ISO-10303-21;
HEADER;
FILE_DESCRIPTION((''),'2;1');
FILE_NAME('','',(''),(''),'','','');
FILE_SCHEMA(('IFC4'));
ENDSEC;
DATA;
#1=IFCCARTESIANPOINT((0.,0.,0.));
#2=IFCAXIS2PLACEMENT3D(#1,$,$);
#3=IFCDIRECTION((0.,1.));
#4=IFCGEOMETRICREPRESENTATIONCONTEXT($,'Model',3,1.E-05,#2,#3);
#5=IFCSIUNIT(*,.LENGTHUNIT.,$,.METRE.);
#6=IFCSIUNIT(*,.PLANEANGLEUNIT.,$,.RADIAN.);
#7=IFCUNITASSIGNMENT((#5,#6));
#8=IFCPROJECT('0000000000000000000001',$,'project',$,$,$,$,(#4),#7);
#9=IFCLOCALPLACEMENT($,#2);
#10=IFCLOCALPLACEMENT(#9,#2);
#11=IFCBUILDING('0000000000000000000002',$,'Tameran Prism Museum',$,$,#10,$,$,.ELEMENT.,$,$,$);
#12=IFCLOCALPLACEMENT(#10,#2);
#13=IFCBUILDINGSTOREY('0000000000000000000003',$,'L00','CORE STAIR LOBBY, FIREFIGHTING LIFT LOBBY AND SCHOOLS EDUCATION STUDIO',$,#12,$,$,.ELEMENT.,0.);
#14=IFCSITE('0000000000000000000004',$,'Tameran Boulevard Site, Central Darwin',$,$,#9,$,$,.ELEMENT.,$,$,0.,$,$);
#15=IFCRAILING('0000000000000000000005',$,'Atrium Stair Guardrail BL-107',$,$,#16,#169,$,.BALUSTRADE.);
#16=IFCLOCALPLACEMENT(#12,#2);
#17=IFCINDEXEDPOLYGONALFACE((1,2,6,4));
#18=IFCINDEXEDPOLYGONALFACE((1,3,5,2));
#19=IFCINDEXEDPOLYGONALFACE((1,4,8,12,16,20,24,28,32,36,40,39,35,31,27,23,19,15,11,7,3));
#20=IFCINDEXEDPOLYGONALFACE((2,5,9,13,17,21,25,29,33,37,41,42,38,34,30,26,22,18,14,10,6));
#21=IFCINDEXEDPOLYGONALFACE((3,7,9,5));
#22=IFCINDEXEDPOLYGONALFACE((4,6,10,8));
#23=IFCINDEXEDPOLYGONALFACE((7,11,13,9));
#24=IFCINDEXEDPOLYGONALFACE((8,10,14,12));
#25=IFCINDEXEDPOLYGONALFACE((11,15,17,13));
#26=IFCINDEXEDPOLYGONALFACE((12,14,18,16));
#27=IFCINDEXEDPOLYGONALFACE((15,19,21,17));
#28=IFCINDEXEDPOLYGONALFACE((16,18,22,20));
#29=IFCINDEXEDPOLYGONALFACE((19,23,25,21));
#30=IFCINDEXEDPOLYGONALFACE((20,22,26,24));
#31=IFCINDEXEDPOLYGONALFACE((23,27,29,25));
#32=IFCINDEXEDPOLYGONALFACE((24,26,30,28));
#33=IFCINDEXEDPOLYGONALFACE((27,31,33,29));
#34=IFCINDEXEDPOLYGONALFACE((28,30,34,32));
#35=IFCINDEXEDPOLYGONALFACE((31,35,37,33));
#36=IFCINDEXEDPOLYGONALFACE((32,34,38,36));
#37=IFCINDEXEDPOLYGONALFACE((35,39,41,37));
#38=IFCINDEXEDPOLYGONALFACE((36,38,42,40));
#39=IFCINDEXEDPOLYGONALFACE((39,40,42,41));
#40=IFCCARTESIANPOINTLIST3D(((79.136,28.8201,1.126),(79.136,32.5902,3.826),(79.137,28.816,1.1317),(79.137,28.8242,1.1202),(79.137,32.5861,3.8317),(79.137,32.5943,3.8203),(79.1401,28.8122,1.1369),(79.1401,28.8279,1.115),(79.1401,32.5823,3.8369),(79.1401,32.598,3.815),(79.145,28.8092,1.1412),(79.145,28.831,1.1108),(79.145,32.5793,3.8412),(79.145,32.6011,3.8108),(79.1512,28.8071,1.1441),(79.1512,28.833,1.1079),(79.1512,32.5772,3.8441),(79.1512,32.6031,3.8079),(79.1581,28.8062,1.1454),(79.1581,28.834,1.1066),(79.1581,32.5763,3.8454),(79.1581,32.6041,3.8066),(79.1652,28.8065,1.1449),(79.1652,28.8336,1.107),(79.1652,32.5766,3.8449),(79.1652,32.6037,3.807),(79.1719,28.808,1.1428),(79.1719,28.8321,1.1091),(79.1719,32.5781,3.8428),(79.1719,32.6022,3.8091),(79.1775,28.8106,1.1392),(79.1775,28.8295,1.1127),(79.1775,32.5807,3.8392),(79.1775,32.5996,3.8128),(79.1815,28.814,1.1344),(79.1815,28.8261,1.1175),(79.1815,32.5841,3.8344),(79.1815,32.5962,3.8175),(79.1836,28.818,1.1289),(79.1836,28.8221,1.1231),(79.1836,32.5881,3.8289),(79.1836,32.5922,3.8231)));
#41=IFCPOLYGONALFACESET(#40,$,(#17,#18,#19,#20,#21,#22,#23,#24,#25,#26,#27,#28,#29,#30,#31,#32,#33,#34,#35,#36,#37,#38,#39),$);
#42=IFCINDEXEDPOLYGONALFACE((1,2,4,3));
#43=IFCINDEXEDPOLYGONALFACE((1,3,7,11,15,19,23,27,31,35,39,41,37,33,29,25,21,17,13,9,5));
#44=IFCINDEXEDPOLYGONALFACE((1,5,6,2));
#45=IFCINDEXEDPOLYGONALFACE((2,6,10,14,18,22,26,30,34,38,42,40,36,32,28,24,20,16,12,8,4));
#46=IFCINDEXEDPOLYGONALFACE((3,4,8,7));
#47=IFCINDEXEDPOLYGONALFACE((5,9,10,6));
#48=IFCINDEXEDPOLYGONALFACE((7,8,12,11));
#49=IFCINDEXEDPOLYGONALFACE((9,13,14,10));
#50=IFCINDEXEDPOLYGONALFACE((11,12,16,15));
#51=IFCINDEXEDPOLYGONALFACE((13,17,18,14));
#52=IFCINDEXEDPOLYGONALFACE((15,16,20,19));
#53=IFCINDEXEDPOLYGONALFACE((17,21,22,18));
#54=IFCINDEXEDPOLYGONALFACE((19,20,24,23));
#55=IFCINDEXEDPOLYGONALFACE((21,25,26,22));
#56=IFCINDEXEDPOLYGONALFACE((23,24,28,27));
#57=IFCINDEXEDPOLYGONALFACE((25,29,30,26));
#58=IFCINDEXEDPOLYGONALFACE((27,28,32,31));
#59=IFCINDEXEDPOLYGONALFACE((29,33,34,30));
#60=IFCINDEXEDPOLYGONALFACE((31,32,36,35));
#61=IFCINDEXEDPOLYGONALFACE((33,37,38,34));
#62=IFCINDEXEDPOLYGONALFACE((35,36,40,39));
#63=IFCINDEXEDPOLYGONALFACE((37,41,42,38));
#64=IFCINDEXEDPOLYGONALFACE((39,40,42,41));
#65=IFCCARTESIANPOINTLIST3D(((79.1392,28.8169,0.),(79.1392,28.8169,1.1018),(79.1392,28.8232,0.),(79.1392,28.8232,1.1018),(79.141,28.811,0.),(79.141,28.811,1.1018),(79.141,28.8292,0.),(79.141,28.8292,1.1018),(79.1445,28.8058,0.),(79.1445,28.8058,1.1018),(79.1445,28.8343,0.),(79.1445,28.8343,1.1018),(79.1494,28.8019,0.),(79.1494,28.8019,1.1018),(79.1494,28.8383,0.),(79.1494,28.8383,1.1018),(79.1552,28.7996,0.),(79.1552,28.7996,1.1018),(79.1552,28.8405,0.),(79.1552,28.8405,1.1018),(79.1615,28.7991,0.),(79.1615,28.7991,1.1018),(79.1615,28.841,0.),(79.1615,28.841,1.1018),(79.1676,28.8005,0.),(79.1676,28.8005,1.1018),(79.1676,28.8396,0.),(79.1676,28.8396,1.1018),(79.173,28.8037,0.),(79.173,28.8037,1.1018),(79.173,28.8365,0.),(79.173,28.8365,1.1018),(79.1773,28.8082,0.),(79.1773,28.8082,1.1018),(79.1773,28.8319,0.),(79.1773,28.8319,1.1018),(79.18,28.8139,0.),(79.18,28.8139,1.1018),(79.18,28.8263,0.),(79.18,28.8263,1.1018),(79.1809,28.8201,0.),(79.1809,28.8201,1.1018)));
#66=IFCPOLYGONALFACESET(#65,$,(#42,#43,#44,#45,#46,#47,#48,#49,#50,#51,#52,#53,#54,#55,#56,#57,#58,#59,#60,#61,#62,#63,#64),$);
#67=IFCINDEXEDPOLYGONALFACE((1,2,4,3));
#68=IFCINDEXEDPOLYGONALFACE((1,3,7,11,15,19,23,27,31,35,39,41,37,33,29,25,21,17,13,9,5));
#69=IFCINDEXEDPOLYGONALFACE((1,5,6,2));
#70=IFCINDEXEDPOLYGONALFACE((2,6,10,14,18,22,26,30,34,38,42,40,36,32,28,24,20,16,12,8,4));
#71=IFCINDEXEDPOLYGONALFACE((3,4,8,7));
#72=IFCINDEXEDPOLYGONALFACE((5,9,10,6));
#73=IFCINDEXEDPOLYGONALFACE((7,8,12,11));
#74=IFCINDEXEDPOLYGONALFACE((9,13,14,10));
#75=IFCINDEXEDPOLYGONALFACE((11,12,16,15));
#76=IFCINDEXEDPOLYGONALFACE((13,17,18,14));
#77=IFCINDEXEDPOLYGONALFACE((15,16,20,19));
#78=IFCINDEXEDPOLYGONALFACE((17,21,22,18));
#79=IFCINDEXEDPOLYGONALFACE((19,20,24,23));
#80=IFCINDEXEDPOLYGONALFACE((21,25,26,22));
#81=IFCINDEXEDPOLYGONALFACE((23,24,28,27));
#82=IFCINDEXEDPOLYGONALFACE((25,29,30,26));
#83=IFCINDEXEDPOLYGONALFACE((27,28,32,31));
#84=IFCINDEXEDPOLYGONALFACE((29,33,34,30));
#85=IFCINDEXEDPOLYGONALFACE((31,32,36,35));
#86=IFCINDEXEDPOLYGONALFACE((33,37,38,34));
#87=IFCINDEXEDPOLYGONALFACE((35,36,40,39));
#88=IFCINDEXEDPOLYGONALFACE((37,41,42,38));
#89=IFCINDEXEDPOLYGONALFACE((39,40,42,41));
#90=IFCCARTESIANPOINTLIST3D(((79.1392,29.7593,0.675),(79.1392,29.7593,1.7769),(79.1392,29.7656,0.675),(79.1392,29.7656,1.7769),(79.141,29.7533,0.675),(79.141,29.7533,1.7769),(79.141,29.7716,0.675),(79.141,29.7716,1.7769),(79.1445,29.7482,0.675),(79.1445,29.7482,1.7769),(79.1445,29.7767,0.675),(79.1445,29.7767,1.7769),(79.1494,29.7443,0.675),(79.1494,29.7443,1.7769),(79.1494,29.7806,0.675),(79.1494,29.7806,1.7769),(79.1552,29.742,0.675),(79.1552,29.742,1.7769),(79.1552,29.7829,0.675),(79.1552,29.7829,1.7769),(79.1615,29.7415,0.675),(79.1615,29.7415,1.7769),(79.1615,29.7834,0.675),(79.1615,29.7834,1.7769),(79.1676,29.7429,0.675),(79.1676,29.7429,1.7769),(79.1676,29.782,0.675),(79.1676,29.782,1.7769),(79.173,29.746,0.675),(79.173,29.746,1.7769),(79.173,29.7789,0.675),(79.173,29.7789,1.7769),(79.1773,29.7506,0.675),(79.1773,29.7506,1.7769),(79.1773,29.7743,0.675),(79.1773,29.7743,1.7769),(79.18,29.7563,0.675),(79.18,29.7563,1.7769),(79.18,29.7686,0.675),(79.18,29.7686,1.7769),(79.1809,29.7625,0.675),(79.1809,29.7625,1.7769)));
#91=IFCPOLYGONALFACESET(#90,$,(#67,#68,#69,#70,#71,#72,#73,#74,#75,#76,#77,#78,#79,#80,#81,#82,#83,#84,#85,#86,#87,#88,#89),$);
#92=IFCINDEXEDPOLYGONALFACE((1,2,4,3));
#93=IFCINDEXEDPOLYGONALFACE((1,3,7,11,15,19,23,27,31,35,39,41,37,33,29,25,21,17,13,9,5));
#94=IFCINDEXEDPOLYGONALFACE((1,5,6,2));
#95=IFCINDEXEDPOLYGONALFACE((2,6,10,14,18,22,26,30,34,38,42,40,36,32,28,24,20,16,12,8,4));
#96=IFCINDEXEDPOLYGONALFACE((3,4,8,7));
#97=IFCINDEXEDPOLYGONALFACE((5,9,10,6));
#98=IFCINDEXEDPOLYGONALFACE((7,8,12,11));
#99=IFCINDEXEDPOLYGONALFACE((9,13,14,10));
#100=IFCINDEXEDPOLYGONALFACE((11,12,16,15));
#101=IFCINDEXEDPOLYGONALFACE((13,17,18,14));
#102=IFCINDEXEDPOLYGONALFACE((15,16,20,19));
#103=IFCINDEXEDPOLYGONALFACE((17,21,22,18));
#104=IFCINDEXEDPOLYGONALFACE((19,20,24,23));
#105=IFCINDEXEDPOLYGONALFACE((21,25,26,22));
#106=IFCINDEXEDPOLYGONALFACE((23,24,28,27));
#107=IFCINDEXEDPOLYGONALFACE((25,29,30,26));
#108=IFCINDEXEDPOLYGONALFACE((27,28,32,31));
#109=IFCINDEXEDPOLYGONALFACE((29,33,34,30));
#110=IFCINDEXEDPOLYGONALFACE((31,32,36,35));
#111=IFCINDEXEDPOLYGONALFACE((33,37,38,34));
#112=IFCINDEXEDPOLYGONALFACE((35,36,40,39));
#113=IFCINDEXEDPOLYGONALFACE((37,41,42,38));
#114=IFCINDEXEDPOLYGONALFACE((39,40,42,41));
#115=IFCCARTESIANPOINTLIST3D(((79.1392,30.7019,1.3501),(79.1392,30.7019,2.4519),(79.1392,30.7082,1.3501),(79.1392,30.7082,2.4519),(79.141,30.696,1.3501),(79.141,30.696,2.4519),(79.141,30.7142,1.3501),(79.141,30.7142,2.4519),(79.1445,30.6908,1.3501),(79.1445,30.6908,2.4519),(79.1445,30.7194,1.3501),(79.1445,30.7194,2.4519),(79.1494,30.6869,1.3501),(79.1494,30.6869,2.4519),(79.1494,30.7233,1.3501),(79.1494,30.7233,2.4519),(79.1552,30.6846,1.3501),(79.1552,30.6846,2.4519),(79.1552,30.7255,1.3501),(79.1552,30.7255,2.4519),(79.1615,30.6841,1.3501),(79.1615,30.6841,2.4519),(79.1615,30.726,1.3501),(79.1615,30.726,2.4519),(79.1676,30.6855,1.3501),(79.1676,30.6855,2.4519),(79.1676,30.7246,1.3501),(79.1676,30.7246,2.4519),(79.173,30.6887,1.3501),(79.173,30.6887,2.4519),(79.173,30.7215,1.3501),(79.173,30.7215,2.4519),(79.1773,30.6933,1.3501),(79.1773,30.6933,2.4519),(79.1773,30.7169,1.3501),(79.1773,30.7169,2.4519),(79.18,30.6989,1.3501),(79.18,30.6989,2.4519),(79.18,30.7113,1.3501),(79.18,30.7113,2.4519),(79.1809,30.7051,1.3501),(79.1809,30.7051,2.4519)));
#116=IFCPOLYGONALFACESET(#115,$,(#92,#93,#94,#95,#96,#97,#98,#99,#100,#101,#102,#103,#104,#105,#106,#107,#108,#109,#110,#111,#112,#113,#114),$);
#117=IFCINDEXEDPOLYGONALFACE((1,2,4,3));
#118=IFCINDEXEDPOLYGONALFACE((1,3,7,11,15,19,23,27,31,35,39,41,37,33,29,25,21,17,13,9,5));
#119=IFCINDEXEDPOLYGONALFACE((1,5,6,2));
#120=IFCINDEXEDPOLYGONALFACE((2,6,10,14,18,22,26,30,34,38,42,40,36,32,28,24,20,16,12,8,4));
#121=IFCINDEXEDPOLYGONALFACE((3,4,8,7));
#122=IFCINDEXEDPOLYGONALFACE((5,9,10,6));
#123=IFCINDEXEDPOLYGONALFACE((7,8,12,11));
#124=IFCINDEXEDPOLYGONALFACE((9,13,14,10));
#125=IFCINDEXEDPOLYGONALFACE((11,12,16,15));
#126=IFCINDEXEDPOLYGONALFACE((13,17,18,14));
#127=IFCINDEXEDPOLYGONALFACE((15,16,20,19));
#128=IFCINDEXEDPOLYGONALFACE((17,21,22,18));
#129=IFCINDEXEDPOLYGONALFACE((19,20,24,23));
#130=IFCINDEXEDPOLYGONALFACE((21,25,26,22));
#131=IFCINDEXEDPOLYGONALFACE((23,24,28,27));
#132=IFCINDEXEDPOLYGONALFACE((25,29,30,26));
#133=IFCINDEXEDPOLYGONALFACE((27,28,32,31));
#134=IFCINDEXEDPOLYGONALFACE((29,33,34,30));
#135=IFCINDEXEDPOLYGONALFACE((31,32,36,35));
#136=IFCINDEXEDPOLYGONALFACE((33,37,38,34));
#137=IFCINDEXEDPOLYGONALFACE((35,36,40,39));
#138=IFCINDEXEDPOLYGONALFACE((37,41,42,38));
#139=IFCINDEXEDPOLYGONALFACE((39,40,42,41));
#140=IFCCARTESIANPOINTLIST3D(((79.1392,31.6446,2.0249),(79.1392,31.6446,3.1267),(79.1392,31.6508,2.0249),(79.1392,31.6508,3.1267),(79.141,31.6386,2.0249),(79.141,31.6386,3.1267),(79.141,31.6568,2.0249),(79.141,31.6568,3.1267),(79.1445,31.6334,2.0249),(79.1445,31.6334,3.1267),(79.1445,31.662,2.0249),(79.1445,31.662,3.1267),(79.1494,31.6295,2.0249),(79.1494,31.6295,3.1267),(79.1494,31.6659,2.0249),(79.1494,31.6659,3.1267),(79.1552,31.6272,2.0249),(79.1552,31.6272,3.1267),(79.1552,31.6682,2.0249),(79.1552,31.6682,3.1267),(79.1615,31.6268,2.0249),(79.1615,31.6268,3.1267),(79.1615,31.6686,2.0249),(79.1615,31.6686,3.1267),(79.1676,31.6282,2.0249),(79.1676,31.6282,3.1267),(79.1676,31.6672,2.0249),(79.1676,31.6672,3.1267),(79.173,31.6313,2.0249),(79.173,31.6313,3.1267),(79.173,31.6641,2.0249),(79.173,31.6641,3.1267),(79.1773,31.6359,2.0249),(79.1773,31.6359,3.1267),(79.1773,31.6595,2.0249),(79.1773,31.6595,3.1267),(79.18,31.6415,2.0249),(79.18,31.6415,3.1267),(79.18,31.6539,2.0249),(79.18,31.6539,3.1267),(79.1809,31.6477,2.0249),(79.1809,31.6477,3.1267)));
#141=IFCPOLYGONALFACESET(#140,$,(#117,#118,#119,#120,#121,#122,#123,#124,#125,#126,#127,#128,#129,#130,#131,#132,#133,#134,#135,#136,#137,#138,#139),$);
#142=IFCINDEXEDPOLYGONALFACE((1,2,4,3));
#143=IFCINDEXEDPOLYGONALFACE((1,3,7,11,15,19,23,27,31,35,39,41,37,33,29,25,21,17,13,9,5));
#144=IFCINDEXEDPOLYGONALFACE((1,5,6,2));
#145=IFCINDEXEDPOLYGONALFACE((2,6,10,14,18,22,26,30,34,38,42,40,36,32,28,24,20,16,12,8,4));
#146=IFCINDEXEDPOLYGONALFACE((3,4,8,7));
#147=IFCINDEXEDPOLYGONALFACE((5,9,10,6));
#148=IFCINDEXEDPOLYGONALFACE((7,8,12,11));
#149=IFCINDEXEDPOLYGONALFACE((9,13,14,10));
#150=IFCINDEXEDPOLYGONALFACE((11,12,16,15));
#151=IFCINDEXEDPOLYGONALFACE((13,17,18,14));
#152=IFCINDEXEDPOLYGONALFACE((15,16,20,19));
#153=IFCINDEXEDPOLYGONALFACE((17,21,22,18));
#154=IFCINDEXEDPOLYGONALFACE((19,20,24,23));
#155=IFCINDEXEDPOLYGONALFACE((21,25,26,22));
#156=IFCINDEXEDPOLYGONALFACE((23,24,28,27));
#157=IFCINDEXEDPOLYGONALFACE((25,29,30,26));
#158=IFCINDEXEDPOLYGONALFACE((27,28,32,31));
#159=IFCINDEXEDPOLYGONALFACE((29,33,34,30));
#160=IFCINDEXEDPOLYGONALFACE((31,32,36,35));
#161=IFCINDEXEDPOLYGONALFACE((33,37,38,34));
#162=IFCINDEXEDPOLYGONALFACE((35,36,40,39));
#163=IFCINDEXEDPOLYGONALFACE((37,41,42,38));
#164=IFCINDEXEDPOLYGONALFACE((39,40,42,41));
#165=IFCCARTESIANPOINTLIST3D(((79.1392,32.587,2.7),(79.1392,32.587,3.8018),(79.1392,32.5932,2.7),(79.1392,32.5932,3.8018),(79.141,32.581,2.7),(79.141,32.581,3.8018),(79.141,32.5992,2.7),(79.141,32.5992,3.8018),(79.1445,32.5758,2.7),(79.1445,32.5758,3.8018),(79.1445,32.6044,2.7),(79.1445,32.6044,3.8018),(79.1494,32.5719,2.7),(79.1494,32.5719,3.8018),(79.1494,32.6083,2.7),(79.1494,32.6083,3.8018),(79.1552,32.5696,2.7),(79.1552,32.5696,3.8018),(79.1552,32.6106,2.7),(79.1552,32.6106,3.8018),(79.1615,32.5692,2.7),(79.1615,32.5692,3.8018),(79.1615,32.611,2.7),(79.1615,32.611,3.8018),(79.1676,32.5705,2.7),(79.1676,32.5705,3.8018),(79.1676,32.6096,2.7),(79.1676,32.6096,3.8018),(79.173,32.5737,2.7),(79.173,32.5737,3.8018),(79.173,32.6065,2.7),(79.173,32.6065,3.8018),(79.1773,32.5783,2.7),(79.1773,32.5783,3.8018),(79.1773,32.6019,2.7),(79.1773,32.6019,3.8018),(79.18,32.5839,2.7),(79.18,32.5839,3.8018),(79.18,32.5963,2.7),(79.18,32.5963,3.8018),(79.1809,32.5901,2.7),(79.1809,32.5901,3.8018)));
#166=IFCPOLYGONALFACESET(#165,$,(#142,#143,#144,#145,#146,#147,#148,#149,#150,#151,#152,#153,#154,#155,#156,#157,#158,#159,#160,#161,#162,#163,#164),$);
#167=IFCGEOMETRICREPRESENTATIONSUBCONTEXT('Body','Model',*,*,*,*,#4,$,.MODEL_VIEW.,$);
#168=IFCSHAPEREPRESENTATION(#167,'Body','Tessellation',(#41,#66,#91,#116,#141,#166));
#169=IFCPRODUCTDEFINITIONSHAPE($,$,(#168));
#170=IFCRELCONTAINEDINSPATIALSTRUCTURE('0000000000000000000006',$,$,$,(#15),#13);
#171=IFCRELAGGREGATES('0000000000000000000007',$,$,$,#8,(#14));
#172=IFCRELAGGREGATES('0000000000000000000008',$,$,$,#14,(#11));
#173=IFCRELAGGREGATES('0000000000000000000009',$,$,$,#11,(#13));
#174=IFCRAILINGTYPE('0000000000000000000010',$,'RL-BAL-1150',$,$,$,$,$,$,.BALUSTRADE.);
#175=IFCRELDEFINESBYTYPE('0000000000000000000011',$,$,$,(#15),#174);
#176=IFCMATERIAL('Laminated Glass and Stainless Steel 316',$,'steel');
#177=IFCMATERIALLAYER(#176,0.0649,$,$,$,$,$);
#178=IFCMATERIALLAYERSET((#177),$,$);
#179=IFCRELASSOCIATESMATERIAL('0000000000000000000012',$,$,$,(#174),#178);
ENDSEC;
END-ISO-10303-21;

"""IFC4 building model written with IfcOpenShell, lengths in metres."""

from ifc_helpers import new_model, si_unit, direction, frame, origin, origin_2d, place, context, subcontext, project, spatial, circle, extrude, material, layer, layer_set, type_object, element, save


model = new_model("IFC4")

# Units and contexts
model_context = context("Model", 3, precision=1e-05, world=origin(), true_north=direction((0.0, 1.0)))
body_context = subcontext(model_context, "Body", "Model", "MODEL_VIEW")
ifc_project = project(units=[si_unit("LENGTHUNIT", "METRE"), si_unit("PLANEANGLEUNIT", "RADIAN")], contexts=[model_context])

# Site, building, storey
site_placement = place(None, origin())
site = spatial("IfcSite", under=ifc_project, at=site_placement, Name="Tameran Boulevard Site, Central Darwin", CompositionType="ELEMENT", RefElevation=0.0)
building_placement = place(site_placement, origin())
building = spatial("IfcBuilding", under=site, at=building_placement, Name="Tameran Prism Museum", CompositionType="ELEMENT")
storey_placement = place(building_placement, origin())
storey = spatial("IfcBuildingStorey", under=building, at=storey_placement, Name="L00", Description="CORE STAIR LOBBY, FIREFIGHTING LIFT LOBBY AND SCHOOLS EDUCATION STUDIO", CompositionType="ELEMENT", Elevation=0.0)

# Railing
ifc_material_1 = material(Name="Laminated Glass and Stainless Steel 316", Category="steel")
ifc_layer_1 = layer(ifc_material_1, 0.0649)
ifc_layer_set_1 = layer_set([ifc_layer_1])
railing_type = type_object("IfcRailingType", Name="RL-BAL-1150", PredefinedType="BALUSTRADE", material=ifc_layer_set_1)
for number, where, name in (
    (1, (79.1599, 28.8201, 0.0), "Atrium Stair Guardrail BL-107"),
):
    element("IfcRailing", number, at=place(storey_placement, frame(where)), inside=storey, type_object=railing_type, Name=name, PredefinedType="BALUSTRADE", context=body_context, shape_type="SweptSolid", body=[
        extrude(circle(Radius=0.0239, at=origin_2d()), frame((0.0, 0.0, 1.126), z_axis=(0.0, 0.813011, 0.582249), x_axis=(-1.0, 0.0, 0.0)), (0.0, 0.0, 1.0), 4.6372),
        extrude(circle(Radius=0.021, at=origin_2d()), origin(), (0.0, 0.0, 1.0), 1.1018),
        extrude(circle(Radius=0.021, at=origin_2d()), frame((0.0, 0.9424, 0.675)), (0.0, 0.0, 1.0), 1.1018),
        extrude(circle(Radius=0.021, at=origin_2d()), frame((0.0, 1.885, 1.3501)), (0.0, 0.0, 1.0), 1.1018),
        extrude(circle(Radius=0.021, at=origin_2d()), frame((0.0, 2.8276, 2.0249)), (0.0, 0.0, 1.0), 1.1018),
        extrude(circle(Radius=0.021, at=origin_2d()), frame((0.0, 3.77, 2.7)), (0.0, 0.0, 1.0), 1.1018),
    ])

save(model, "model.ifc")
